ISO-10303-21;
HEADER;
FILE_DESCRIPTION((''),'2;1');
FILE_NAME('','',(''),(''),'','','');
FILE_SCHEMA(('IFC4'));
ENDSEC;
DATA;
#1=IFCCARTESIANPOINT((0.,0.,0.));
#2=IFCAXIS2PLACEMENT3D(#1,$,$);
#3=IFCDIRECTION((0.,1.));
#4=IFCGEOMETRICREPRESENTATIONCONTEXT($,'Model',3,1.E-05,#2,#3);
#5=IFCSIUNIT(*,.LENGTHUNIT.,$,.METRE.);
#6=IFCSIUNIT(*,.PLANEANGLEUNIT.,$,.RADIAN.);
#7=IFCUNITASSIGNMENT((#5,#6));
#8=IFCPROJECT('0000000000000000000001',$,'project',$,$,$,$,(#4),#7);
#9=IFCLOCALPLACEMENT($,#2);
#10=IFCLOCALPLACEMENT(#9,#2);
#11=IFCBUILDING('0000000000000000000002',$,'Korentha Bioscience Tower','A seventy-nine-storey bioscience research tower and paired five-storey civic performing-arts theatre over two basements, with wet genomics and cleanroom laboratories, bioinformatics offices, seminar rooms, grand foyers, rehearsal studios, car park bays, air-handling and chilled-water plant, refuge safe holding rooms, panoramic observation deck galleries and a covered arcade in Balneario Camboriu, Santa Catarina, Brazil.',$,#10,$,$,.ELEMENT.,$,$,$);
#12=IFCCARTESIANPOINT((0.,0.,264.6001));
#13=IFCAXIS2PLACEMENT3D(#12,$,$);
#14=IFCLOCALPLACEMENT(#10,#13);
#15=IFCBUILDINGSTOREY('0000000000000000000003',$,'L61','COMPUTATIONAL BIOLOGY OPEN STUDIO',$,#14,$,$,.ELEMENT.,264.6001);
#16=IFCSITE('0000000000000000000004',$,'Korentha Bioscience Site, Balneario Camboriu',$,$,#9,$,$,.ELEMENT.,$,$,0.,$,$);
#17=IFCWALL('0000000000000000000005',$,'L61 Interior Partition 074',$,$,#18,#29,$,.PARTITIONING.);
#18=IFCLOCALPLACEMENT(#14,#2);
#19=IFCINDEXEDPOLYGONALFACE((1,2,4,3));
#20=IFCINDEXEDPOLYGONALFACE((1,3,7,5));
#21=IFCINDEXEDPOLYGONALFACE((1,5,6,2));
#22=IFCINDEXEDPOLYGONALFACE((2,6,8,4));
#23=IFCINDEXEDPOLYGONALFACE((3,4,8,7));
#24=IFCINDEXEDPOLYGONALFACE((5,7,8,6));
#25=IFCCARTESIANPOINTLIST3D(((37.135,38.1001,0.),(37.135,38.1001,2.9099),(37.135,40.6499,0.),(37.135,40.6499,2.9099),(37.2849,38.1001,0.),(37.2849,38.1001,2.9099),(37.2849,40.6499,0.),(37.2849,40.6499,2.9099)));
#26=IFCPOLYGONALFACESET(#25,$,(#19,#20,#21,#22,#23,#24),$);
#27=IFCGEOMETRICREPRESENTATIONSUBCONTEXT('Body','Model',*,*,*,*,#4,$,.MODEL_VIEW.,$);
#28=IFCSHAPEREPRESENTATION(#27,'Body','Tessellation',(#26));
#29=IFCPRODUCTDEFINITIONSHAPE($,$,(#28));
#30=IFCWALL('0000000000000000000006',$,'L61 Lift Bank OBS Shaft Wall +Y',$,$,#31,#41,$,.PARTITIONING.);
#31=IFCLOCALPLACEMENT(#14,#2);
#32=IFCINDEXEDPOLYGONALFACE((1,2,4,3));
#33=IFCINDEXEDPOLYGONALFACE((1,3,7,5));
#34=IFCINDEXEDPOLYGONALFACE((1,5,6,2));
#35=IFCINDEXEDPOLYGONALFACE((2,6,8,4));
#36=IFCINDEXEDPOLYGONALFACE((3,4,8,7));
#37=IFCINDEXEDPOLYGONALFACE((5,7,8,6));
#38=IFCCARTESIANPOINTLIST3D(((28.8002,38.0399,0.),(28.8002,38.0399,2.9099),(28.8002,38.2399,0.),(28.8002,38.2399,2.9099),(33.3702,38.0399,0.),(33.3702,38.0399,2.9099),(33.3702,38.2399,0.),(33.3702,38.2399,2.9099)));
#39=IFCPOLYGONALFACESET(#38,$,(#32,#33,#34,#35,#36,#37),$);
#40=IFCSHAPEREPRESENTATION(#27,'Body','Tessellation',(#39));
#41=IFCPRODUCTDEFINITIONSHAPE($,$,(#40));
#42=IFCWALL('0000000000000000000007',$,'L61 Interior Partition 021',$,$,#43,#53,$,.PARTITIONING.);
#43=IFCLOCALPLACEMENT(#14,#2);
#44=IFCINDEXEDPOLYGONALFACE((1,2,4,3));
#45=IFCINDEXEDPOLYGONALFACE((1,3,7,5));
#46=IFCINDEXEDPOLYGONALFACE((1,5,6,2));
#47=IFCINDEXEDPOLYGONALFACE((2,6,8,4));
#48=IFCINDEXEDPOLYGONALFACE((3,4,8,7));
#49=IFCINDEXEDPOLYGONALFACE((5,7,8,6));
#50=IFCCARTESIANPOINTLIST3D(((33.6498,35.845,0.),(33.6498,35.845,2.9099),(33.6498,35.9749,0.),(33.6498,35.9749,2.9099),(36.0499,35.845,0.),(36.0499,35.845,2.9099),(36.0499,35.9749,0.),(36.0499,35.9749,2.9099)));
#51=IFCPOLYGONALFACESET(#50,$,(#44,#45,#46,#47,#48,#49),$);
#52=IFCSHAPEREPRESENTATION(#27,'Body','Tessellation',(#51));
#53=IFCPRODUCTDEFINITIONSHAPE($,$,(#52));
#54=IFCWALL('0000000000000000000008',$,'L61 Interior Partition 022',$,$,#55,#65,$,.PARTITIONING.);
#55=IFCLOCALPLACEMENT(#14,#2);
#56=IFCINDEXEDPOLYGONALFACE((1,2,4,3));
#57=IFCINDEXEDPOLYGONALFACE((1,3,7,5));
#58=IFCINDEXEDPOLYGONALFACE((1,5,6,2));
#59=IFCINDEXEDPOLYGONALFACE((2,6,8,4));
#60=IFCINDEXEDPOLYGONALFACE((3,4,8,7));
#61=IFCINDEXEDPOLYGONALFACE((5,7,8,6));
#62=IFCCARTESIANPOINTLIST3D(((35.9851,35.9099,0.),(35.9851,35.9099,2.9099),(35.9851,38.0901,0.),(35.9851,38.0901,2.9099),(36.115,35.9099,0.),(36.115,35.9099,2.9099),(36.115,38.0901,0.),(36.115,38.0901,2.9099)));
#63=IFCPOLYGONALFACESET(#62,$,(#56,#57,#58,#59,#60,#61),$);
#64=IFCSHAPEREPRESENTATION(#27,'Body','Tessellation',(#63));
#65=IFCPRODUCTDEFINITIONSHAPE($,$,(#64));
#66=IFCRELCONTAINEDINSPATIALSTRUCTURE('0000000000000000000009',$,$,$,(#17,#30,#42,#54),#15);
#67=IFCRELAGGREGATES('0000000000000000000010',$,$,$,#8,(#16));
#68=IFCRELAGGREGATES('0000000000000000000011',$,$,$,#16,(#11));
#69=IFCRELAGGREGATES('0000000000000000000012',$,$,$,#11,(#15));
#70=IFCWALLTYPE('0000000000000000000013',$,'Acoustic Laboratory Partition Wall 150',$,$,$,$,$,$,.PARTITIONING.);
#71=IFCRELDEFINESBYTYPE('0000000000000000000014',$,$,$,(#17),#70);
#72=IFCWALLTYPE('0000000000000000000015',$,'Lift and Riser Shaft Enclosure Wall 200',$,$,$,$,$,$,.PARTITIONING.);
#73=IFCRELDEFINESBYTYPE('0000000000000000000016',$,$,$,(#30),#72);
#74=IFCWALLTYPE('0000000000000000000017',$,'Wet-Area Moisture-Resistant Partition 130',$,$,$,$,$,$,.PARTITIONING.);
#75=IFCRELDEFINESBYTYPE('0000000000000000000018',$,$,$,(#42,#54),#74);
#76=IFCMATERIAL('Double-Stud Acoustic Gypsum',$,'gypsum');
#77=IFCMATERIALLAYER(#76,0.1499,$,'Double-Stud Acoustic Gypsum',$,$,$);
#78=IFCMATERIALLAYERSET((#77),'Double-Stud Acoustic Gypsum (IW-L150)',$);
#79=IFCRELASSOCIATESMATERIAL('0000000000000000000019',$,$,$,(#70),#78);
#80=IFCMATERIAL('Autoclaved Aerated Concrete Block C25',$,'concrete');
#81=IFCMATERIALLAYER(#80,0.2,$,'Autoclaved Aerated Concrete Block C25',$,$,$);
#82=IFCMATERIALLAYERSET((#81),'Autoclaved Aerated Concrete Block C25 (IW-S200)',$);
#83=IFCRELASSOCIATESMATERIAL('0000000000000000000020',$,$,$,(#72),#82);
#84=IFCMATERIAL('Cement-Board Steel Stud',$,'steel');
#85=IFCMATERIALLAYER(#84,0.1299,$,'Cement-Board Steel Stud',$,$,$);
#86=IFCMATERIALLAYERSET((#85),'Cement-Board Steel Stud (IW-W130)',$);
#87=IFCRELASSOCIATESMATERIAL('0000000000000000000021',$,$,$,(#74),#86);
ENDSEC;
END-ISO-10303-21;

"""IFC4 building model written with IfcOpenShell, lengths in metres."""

from ifc_helpers import new_model, si_unit, direction, frame, frame_2d, origin, place, context, subcontext, project, spatial, rectangle, extrude, material, layer, layer_set, type_object, element, save


model = new_model("IFC4")

# Units and contexts
model_context = context("Model", 3, precision=1e-05, world=origin(), true_north=direction((0.0, 1.0)))
body_context = subcontext(model_context, "Body", "Model", "MODEL_VIEW")
ifc_project = project(units=[si_unit("LENGTHUNIT", "METRE"), si_unit("PLANEANGLEUNIT", "RADIAN")], contexts=[model_context])

# Site, building, storey
site_placement = place(None, origin())
site = spatial("IfcSite", under=ifc_project, at=site_placement, Name="Korentha Bioscience Site, Balneario Camboriu", CompositionType="ELEMENT", RefElevation=0.0)
building_placement = place(site_placement, origin())
building = spatial("IfcBuilding", under=site, at=building_placement, Name="Korentha Bioscience Tower", Description="A seventy-nine-storey bioscience research tower and paired five-storey civic performing-arts theatre over two basements, with wet genomics and cleanroom laboratories, bioinformatics offices, seminar rooms, grand foyers, rehearsal studios, car park bays, air-handling and chilled-water plant, refuge safe holding rooms, panoramic observation deck galleries and a covered arcade in Balneario Camboriu, Santa Catarina, Brazil.", CompositionType="ELEMENT")
storey_placement = place(building_placement, frame((0.0, 0.0, 264.6001)))
storey = spatial("IfcBuildingStorey", under=building, at=storey_placement, Name="L61", Description="COMPUTATIONAL BIOLOGY OPEN STUDIO", CompositionType="ELEMENT", Elevation=264.6001)

# Shared definitions
ifc_material_1 = material(Name="Double-Stud Acoustic Gypsum", Category="gypsum")
ifc_layer_1 = layer(ifc_material_1, 0.1499, Name="Double-Stud Acoustic Gypsum")
ifc_layer_set_1 = layer_set([ifc_layer_1], Name="Double-Stud Acoustic Gypsum (IW-L150)")
wall_type_1 = type_object("IfcWallType", Name="Acoustic Laboratory Partition Wall 150", PredefinedType="PARTITIONING", material=ifc_layer_set_1)

# Wall
wall_1_placement = place(storey_placement, frame((37.21, 38.1001, 0.0), z_axis=(0.0, 0.0, 1.0), x_axis=(0.0, 1.0, 0.0)))
element("IfcWall", 1, at=wall_1_placement, inside=storey, type_object=wall_type_1, Name="L61 Interior Partition 074", PredefinedType="PARTITIONING", context=body_context, shape_type="SweptSolid", body=[
    extrude(rectangle(XDim=2.5498, YDim=0.1499, at=frame_2d((1.2749, 0.0))), origin(), (0.0, 0.0, 1.0), 2.9099),
])

# Wall
ifc_material_2 = material(Name="Autoclaved Aerated Concrete Block C25", Category="concrete")
ifc_layer_2 = layer(ifc_material_2, 0.2, Name="Autoclaved Aerated Concrete Block C25")
ifc_layer_set_2 = layer_set([ifc_layer_2], Name="Autoclaved Aerated Concrete Block C25 (IW-S200)")
wall_type_2 = type_object("IfcWallType", Name="Lift and Riser Shaft Enclosure Wall 200", PredefinedType="PARTITIONING", material=ifc_layer_set_2)
wall_2_placement = place(storey_placement, frame((28.8, 38.1399, 0.0), z_axis=(0.0, 0.0, 1.0), x_axis=(1.0, 0.0, 0.0)))
element("IfcWall", 2, at=wall_2_placement, inside=storey, type_object=wall_type_2, Name="L61 Lift Bank OBS Shaft Wall +Y", PredefinedType="PARTITIONING", context=body_context, shape_type="SweptSolid", body=[
    extrude(rectangle(XDim=4.5701, YDim=0.2, at=frame_2d((2.2852, 0.0))), origin(), (0.0, 0.0, 1.0), 2.9099),
])

# Shared definitions
ifc_material_3 = material(Name="Cement-Board Steel Stud", Category="steel")
ifc_layer_3 = layer(ifc_material_3, 0.1299, Name="Cement-Board Steel Stud")
ifc_layer_set_3 = layer_set([ifc_layer_3], Name="Cement-Board Steel Stud (IW-W130)")
wall_type_3 = type_object("IfcWallType", Name="Wet-Area Moisture-Resistant Partition 130", PredefinedType="PARTITIONING", material=ifc_layer_set_3)

# Walls
wall_3_placement = place(storey_placement, frame((36.05, 35.9099, 0.0), z_axis=(0.0, 0.0, 1.0), x_axis=(-1.0, 0.0, 0.0)))
element("IfcWall", 3, at=wall_3_placement, inside=storey, type_object=wall_type_3, Name="L61 Interior Partition 021", PredefinedType="PARTITIONING", context=body_context, shape_type="SweptSolid", body=[
    extrude(rectangle(XDim=2.4001, YDim=0.1299, at=frame_2d((1.2002, 0.0))), origin(), (0.0, 0.0, 1.0), 2.9099),
])
wall_4_placement = place(storey_placement, frame((36.05, 38.0901, 0.0), z_axis=(0.0, 0.0, 1.0), x_axis=(0.0, -1.0, 0.0)))
element("IfcWall", 4, at=wall_4_placement, inside=storey, type_object=wall_type_3, Name="L61 Interior Partition 022", PredefinedType="PARTITIONING", context=body_context, shape_type="SweptSolid", body=[
    extrude(rectangle(XDim=2.1802, YDim=0.1299, at=frame_2d((1.0901, 0.0))), origin(), (0.0, 0.0, 1.0), 2.9099),
])

save(model, "model.ifc")
